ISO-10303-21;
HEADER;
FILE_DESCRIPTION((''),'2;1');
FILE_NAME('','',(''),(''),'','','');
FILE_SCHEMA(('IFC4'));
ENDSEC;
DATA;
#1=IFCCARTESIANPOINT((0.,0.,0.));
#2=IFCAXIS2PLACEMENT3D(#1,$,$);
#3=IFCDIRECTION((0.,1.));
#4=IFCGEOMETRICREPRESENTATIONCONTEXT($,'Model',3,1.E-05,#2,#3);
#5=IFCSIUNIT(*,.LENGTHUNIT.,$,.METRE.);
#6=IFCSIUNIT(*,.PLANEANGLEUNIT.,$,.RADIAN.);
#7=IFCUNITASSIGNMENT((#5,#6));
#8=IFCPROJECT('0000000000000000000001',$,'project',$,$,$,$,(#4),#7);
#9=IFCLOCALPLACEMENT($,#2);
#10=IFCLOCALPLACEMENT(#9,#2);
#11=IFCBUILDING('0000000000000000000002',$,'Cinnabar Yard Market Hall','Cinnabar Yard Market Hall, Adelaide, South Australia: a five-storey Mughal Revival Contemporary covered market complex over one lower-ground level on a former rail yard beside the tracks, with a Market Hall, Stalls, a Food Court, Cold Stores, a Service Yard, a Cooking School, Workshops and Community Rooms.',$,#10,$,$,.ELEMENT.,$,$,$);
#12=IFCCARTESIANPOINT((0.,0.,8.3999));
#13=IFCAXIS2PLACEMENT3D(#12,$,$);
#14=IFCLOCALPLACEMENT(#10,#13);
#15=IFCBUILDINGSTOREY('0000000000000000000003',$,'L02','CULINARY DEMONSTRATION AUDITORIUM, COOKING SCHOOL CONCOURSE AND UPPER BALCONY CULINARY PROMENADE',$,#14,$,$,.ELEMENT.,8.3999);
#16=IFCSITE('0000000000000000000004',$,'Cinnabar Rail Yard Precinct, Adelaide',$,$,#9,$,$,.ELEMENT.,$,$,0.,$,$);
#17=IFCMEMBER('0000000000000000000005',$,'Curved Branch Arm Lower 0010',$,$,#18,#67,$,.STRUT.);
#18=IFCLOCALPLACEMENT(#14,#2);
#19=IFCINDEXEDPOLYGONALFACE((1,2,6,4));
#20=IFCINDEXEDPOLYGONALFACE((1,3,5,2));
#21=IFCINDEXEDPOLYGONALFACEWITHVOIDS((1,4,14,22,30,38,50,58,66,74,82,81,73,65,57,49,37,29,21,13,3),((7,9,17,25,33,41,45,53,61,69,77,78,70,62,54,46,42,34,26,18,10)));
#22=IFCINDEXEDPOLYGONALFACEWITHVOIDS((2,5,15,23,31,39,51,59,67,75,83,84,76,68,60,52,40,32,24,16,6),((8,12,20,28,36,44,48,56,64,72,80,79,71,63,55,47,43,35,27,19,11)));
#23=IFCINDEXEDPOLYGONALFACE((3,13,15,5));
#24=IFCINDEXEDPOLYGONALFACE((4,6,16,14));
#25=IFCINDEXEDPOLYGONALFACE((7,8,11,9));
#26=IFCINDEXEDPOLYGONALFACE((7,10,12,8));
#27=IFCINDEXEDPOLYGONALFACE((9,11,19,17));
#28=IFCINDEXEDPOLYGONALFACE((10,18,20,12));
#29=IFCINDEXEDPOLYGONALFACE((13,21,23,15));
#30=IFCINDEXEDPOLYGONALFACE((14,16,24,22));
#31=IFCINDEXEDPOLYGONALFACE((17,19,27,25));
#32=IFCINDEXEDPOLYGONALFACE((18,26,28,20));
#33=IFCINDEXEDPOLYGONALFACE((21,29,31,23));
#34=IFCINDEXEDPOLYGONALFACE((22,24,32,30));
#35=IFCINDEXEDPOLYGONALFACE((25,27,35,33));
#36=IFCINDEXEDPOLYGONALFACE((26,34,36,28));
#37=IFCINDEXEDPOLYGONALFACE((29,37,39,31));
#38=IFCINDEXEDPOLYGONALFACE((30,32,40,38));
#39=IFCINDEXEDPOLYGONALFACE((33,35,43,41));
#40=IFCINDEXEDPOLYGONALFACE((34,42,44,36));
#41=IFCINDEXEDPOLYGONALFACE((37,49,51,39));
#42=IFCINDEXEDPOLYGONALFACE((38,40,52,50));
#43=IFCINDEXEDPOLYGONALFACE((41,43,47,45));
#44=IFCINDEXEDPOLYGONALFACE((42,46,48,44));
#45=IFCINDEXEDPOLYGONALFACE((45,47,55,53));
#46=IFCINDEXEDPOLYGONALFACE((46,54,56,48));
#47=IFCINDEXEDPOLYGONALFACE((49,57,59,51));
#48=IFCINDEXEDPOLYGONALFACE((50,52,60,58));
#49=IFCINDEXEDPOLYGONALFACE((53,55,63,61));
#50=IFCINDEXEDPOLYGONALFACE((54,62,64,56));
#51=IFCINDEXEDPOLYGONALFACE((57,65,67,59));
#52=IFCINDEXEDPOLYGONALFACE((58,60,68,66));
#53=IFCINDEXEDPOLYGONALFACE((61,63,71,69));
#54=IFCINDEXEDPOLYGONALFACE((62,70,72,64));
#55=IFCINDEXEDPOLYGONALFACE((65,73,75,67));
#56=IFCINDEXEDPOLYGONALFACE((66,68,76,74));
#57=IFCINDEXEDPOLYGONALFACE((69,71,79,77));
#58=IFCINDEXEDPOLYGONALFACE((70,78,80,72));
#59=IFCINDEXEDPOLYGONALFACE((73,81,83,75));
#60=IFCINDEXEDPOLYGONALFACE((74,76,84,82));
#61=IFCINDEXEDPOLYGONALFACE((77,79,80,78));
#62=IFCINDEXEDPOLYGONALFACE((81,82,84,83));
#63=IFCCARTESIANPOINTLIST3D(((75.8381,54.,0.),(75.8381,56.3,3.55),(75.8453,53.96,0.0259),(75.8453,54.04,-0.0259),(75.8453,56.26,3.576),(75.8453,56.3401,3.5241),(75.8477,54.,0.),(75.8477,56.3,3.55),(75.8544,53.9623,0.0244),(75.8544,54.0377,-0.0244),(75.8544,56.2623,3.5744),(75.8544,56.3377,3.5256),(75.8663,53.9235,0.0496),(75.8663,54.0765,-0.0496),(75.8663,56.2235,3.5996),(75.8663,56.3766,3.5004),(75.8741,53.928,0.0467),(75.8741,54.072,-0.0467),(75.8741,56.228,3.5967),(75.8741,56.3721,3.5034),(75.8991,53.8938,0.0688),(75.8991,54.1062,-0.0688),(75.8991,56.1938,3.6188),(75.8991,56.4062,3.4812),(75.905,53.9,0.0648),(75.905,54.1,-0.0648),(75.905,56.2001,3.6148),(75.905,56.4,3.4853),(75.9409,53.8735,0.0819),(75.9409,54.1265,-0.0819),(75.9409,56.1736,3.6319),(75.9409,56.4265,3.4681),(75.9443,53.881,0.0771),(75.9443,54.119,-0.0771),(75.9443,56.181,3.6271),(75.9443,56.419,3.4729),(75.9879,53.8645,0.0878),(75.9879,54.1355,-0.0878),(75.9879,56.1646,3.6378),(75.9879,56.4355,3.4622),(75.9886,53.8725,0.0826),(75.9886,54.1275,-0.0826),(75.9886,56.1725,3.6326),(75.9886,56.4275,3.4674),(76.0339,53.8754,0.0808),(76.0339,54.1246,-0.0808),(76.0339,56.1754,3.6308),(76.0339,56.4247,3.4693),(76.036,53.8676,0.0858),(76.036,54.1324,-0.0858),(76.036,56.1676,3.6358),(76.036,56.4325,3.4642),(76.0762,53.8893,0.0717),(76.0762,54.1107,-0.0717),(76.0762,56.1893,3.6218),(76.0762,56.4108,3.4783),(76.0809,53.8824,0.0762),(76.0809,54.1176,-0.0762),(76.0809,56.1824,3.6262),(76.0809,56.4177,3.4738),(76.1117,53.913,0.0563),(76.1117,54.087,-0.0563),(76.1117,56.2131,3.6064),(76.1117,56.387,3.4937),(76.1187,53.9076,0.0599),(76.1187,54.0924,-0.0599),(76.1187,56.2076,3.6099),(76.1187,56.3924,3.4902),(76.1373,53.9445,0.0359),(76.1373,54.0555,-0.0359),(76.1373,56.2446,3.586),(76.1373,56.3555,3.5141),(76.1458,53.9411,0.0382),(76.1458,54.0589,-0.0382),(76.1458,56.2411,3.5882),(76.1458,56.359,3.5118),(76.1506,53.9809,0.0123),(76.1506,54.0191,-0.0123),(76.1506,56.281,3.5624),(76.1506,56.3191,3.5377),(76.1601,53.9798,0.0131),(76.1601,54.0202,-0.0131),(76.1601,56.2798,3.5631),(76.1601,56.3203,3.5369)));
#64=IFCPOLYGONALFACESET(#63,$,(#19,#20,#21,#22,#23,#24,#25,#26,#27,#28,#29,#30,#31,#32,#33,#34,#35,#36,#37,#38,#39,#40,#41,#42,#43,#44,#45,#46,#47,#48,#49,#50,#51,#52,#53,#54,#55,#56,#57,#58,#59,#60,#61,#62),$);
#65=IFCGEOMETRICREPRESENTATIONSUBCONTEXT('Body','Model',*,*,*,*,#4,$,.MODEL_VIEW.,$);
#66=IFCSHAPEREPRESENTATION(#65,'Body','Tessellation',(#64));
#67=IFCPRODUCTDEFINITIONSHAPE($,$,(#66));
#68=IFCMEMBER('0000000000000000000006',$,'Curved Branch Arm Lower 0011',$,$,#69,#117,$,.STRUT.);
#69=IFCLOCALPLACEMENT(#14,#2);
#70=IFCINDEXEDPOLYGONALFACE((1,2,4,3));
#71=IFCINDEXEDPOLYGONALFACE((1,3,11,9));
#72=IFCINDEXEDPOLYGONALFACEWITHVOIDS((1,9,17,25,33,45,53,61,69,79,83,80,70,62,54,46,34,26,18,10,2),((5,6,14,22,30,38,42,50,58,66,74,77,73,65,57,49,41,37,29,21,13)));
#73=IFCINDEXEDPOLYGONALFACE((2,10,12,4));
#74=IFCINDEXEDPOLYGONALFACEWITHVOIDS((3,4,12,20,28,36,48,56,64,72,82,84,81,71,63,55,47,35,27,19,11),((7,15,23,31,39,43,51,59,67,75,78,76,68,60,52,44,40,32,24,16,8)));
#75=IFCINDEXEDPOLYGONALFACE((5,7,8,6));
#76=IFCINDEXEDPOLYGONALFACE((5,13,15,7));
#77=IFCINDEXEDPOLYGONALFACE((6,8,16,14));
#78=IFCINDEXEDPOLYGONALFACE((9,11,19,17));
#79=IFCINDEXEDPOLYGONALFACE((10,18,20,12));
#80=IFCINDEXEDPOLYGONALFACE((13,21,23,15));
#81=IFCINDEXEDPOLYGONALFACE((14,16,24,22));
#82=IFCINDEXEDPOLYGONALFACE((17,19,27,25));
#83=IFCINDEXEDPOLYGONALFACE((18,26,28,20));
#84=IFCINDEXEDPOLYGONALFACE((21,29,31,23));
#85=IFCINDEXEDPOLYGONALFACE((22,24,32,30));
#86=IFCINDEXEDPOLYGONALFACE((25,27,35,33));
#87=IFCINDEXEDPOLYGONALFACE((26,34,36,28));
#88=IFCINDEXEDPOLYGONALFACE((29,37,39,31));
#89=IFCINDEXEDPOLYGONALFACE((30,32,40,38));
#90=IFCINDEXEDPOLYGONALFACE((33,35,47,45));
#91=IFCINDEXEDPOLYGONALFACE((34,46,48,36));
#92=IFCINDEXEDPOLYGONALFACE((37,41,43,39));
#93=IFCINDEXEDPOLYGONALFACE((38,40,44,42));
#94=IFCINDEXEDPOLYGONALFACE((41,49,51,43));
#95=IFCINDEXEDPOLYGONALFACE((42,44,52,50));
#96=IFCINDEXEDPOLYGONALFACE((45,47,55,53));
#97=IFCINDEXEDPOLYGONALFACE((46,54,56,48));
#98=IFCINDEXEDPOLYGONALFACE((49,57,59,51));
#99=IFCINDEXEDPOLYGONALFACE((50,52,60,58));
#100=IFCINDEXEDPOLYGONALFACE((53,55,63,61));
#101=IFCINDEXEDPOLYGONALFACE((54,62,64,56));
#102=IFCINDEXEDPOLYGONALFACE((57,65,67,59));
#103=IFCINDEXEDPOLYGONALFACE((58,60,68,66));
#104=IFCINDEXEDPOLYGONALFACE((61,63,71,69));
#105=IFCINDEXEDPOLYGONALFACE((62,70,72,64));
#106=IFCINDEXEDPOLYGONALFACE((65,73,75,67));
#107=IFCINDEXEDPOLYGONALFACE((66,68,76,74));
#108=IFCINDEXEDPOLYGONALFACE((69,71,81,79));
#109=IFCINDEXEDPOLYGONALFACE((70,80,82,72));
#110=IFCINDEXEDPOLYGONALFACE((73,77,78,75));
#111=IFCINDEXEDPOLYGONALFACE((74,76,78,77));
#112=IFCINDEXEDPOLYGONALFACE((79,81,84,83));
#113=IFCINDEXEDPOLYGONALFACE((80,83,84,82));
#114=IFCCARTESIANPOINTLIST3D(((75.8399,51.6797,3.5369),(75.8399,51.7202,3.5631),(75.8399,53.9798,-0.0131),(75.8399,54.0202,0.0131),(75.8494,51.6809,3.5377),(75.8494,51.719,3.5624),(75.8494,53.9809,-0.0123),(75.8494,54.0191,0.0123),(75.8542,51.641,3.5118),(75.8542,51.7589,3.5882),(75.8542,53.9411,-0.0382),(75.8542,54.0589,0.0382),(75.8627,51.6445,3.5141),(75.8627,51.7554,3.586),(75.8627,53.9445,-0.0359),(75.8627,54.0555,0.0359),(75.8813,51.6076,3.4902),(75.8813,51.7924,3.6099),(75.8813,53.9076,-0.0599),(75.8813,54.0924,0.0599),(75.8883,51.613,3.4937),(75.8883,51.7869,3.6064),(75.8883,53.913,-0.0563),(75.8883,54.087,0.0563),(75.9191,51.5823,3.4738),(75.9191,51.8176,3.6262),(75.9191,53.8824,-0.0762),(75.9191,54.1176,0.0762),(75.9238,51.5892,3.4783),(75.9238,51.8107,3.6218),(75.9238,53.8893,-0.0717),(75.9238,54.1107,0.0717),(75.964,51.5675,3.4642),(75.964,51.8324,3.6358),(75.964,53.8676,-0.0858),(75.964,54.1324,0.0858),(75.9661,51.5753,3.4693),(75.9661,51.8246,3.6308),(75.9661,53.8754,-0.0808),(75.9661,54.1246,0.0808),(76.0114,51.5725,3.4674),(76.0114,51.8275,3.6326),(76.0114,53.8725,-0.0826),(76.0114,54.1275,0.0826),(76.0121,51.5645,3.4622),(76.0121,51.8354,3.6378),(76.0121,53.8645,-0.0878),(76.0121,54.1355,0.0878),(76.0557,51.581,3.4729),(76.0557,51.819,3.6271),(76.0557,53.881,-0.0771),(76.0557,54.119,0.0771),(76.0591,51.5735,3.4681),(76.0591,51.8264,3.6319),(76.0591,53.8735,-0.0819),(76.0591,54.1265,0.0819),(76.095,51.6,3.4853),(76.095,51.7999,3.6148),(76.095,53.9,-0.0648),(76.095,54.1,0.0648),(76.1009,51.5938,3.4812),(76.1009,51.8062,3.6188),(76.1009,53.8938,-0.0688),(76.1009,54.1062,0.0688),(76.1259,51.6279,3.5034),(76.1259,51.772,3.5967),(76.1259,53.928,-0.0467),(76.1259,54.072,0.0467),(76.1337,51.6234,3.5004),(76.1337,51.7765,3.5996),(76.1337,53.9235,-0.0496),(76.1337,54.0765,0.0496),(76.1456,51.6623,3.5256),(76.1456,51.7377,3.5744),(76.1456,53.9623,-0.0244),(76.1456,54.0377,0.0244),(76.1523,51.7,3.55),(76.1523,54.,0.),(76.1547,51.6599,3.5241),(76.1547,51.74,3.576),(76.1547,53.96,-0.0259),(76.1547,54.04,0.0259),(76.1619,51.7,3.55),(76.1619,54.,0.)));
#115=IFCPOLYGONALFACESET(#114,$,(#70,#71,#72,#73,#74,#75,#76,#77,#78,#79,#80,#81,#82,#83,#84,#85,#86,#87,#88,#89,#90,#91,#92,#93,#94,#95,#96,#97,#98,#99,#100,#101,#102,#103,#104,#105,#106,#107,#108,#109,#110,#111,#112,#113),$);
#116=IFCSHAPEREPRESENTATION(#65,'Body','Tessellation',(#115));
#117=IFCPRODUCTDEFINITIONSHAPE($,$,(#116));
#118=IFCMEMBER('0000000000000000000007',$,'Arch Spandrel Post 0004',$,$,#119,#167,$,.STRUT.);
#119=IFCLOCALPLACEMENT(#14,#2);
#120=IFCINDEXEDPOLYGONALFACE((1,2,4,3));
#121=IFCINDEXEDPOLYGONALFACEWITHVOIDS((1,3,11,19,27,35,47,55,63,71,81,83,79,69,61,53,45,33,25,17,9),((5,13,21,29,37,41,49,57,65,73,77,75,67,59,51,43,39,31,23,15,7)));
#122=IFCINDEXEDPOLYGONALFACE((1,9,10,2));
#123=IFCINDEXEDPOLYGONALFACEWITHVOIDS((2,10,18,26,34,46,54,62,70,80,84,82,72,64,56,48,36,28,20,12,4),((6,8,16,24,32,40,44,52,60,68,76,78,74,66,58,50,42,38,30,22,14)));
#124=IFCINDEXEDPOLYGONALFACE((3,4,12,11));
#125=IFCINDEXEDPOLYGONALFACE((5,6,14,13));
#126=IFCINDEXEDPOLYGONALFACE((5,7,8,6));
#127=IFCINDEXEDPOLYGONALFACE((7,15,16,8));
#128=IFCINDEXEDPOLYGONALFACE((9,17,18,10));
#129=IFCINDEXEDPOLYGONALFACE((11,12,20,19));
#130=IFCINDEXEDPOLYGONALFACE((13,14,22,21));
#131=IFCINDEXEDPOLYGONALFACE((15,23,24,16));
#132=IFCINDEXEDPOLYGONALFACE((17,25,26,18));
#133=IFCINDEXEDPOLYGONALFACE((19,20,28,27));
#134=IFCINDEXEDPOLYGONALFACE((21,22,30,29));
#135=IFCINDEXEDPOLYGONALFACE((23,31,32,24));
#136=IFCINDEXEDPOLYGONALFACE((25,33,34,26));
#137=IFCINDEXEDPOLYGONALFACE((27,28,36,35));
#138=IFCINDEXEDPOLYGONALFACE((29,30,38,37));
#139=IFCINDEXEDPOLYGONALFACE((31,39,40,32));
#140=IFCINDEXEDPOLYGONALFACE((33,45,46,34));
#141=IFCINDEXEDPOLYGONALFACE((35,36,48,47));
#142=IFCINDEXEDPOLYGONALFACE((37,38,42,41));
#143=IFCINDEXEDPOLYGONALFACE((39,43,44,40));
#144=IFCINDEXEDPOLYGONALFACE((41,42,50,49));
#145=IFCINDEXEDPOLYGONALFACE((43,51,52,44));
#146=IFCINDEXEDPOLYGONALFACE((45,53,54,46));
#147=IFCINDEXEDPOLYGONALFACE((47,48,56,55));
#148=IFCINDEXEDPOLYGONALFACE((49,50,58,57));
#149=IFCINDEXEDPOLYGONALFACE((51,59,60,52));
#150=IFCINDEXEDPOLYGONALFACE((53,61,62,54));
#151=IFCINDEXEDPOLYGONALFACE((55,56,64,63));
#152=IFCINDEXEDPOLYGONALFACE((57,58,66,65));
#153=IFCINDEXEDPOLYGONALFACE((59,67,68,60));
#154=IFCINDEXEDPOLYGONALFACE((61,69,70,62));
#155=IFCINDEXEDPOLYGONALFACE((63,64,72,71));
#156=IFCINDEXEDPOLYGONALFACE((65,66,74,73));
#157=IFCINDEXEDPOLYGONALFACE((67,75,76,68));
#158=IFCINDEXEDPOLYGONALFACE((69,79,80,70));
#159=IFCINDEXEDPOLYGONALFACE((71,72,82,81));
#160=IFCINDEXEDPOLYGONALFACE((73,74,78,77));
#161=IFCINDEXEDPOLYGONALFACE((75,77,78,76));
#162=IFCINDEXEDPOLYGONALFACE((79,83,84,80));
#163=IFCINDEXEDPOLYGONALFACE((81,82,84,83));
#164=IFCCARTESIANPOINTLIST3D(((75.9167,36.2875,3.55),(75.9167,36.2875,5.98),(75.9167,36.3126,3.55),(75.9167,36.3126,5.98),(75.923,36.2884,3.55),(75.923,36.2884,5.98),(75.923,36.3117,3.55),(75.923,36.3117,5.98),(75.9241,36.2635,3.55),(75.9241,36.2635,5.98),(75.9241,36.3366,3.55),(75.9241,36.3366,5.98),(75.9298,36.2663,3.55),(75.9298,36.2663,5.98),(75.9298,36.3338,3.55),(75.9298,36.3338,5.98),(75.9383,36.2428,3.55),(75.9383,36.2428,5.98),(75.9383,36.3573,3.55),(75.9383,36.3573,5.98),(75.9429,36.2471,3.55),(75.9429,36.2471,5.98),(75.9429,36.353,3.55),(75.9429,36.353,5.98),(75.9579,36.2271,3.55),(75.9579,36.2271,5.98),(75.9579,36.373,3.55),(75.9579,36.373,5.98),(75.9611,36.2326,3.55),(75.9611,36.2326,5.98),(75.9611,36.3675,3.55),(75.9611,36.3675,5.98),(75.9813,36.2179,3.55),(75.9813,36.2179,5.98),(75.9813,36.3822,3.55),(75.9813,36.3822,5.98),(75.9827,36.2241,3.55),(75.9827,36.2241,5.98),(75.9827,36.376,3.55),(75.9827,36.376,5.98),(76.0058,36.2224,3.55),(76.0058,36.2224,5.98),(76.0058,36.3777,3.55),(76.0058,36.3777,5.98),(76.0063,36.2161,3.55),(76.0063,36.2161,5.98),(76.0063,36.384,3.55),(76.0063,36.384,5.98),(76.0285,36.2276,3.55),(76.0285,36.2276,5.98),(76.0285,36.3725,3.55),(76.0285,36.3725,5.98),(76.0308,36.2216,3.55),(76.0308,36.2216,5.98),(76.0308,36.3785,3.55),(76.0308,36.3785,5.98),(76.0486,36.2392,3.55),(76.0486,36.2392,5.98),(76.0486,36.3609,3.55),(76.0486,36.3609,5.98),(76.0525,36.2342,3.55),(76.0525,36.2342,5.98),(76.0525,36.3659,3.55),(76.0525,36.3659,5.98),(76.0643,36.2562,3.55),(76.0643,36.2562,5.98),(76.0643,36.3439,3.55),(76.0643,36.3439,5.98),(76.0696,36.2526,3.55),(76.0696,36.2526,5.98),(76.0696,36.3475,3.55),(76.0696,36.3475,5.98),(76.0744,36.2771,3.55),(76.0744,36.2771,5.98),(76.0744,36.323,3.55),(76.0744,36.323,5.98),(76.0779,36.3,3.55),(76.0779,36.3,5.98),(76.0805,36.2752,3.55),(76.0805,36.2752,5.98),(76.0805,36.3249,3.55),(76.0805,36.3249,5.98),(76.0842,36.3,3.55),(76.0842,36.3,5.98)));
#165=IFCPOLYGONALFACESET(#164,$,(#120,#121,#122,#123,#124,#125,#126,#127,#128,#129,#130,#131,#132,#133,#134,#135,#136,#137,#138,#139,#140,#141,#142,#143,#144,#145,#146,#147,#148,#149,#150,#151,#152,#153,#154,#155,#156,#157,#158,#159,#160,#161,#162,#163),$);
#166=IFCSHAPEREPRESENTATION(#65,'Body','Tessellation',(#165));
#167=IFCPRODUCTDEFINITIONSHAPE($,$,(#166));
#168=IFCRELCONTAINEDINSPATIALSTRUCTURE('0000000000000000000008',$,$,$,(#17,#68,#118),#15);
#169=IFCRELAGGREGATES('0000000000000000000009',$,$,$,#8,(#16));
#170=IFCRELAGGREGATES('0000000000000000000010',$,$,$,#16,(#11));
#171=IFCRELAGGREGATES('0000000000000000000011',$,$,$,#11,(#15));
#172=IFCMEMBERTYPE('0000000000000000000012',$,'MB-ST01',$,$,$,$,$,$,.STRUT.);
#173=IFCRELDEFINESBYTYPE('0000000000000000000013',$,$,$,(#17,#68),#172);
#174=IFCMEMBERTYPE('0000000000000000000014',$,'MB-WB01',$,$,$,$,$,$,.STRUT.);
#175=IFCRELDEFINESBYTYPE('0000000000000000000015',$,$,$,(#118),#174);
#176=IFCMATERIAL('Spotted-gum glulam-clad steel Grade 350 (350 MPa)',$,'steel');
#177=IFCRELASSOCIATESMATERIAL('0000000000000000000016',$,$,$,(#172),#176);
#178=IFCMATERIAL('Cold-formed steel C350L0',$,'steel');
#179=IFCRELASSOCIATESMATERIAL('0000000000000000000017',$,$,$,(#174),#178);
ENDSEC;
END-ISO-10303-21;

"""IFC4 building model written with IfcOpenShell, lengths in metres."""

from ifc_helpers import new_model, si_unit, direction, frame, origin, origin_2d_with_axis, place, context, subcontext, project, spatial, hollow_circle, extrude, material, material_profile, profile_set, type_object, element, save


model = new_model("IFC4")

# Units and contexts
model_context = context("Model", 3, precision=1e-05, world=origin(), true_north=direction((0.0, 1.0)))
body_context = subcontext(model_context, "Body", "Model", "MODEL_VIEW")
ifc_project = project(units=[si_unit("LENGTHUNIT", "METRE"), si_unit("PLANEANGLEUNIT", "RADIAN")], contexts=[model_context])

# Site, building, storey
site_placement = place(None, origin())
site = spatial("IfcSite", under=ifc_project, at=site_placement, Name="Cinnabar Rail Yard Precinct, Adelaide", CompositionType="ELEMENT", RefElevation=0.0)
building_placement = place(site_placement, origin())
building = spatial("IfcBuilding", under=site, at=building_placement, Name="Cinnabar Yard Market Hall", Description="Cinnabar Yard Market Hall, Adelaide, South Australia: a five-storey Mughal Revival Contemporary covered market complex over one lower-ground level on a former rail yard beside the tracks, with a Market Hall, Stalls, a Food Court, Cold Stores, a Service Yard, a Cooking School, Workshops and Community Rooms.", CompositionType="ELEMENT")
storey_placement = place(building_placement, frame((0.0, 0.0, 8.3999)))
storey = spatial("IfcBuildingStorey", under=building, at=storey_placement, Name="L02", Description="CULINARY DEMONSTRATION AUDITORIUM, COOKING SCHOOL CONCOURSE AND UPPER BALCONY CULINARY PROMENADE", CompositionType="ELEMENT", Elevation=8.3999)

# Shared definitions
ifc_material_1 = material(Name="Spotted-gum glulam-clad steel Grade 350 (350 MPa)", Category="steel")
ifc_material_2 = material(Name="Cold-formed steel C350L0", Category="steel")

# Members
ifc_material_profile_1 = material_profile(ifc_material_1, hollow_circle(Radius=0.1619, WallThickness=0.0095, at=origin_2d_with_axis()), Name="323.9x9.5CHS")
ifc_profile_set_1 = profile_set([ifc_material_profile_1], Name="Spotted-gum glulam-clad steel Grade 350 (350 MPa)")
member_type_1 = type_object("IfcMemberType", Name="MB-ST01", PredefinedType="STRUT", material=ifc_profile_set_1)
for number, where, z_axis, x_axis, name in (
    (1, (76.0, 54.0, 0.0), (0.0, 0.543744, 0.839251), (-1.0, 0.0, 0.0), "Curved Branch Arm Lower 0010"),
    (2, (76.0, 54.0, 0.0), (0.0, -0.543744, 0.839251), (1.0, 0.0, 0.0), "Curved Branch Arm Lower 0011"),
):
    element("IfcMember", number, at=place(storey_placement, frame(where, z_axis=z_axis, x_axis=x_axis)), inside=storey, type_object=member_type_1, Name=name, PredefinedType="STRUT", context=body_context, shape_type="SweptSolid", body=[
        extrude(hollow_circle(Radius=0.1619, WallThickness=0.0095, at=origin_2d_with_axis()), origin(), (0.0, 0.0, 1.0), 4.23),
    ])
ifc_material_profile_2 = material_profile(ifc_material_2, hollow_circle(Radius=0.0842, WallThickness=0.0063, at=origin_2d_with_axis()), Name="168.3x6.4CHS")
ifc_profile_set_2 = profile_set([ifc_material_profile_2], Name="Cold-formed steel C350L0")
member_type_2 = type_object("IfcMemberType", Name="MB-WB01", PredefinedType="STRUT", material=ifc_profile_set_2)
for number, where, z_axis, x_axis, name in (
    (3, (76.0, 36.3, 3.55), (0.0, 0.0, 1.0), (1.0, 0.0, 0.0), "Arch Spandrel Post 0004"),
):
    element("IfcMember", number, at=place(storey_placement, frame(where, z_axis=z_axis, x_axis=x_axis)), inside=storey, type_object=member_type_2, Name=name, PredefinedType="STRUT", context=body_context, shape_type="SweptSolid", body=[
        extrude(hollow_circle(Radius=0.0842, WallThickness=0.0063, at=origin_2d_with_axis()), origin(), (0.0, 0.0, 1.0), 2.4299),
    ])

save(model, "model.ifc")
